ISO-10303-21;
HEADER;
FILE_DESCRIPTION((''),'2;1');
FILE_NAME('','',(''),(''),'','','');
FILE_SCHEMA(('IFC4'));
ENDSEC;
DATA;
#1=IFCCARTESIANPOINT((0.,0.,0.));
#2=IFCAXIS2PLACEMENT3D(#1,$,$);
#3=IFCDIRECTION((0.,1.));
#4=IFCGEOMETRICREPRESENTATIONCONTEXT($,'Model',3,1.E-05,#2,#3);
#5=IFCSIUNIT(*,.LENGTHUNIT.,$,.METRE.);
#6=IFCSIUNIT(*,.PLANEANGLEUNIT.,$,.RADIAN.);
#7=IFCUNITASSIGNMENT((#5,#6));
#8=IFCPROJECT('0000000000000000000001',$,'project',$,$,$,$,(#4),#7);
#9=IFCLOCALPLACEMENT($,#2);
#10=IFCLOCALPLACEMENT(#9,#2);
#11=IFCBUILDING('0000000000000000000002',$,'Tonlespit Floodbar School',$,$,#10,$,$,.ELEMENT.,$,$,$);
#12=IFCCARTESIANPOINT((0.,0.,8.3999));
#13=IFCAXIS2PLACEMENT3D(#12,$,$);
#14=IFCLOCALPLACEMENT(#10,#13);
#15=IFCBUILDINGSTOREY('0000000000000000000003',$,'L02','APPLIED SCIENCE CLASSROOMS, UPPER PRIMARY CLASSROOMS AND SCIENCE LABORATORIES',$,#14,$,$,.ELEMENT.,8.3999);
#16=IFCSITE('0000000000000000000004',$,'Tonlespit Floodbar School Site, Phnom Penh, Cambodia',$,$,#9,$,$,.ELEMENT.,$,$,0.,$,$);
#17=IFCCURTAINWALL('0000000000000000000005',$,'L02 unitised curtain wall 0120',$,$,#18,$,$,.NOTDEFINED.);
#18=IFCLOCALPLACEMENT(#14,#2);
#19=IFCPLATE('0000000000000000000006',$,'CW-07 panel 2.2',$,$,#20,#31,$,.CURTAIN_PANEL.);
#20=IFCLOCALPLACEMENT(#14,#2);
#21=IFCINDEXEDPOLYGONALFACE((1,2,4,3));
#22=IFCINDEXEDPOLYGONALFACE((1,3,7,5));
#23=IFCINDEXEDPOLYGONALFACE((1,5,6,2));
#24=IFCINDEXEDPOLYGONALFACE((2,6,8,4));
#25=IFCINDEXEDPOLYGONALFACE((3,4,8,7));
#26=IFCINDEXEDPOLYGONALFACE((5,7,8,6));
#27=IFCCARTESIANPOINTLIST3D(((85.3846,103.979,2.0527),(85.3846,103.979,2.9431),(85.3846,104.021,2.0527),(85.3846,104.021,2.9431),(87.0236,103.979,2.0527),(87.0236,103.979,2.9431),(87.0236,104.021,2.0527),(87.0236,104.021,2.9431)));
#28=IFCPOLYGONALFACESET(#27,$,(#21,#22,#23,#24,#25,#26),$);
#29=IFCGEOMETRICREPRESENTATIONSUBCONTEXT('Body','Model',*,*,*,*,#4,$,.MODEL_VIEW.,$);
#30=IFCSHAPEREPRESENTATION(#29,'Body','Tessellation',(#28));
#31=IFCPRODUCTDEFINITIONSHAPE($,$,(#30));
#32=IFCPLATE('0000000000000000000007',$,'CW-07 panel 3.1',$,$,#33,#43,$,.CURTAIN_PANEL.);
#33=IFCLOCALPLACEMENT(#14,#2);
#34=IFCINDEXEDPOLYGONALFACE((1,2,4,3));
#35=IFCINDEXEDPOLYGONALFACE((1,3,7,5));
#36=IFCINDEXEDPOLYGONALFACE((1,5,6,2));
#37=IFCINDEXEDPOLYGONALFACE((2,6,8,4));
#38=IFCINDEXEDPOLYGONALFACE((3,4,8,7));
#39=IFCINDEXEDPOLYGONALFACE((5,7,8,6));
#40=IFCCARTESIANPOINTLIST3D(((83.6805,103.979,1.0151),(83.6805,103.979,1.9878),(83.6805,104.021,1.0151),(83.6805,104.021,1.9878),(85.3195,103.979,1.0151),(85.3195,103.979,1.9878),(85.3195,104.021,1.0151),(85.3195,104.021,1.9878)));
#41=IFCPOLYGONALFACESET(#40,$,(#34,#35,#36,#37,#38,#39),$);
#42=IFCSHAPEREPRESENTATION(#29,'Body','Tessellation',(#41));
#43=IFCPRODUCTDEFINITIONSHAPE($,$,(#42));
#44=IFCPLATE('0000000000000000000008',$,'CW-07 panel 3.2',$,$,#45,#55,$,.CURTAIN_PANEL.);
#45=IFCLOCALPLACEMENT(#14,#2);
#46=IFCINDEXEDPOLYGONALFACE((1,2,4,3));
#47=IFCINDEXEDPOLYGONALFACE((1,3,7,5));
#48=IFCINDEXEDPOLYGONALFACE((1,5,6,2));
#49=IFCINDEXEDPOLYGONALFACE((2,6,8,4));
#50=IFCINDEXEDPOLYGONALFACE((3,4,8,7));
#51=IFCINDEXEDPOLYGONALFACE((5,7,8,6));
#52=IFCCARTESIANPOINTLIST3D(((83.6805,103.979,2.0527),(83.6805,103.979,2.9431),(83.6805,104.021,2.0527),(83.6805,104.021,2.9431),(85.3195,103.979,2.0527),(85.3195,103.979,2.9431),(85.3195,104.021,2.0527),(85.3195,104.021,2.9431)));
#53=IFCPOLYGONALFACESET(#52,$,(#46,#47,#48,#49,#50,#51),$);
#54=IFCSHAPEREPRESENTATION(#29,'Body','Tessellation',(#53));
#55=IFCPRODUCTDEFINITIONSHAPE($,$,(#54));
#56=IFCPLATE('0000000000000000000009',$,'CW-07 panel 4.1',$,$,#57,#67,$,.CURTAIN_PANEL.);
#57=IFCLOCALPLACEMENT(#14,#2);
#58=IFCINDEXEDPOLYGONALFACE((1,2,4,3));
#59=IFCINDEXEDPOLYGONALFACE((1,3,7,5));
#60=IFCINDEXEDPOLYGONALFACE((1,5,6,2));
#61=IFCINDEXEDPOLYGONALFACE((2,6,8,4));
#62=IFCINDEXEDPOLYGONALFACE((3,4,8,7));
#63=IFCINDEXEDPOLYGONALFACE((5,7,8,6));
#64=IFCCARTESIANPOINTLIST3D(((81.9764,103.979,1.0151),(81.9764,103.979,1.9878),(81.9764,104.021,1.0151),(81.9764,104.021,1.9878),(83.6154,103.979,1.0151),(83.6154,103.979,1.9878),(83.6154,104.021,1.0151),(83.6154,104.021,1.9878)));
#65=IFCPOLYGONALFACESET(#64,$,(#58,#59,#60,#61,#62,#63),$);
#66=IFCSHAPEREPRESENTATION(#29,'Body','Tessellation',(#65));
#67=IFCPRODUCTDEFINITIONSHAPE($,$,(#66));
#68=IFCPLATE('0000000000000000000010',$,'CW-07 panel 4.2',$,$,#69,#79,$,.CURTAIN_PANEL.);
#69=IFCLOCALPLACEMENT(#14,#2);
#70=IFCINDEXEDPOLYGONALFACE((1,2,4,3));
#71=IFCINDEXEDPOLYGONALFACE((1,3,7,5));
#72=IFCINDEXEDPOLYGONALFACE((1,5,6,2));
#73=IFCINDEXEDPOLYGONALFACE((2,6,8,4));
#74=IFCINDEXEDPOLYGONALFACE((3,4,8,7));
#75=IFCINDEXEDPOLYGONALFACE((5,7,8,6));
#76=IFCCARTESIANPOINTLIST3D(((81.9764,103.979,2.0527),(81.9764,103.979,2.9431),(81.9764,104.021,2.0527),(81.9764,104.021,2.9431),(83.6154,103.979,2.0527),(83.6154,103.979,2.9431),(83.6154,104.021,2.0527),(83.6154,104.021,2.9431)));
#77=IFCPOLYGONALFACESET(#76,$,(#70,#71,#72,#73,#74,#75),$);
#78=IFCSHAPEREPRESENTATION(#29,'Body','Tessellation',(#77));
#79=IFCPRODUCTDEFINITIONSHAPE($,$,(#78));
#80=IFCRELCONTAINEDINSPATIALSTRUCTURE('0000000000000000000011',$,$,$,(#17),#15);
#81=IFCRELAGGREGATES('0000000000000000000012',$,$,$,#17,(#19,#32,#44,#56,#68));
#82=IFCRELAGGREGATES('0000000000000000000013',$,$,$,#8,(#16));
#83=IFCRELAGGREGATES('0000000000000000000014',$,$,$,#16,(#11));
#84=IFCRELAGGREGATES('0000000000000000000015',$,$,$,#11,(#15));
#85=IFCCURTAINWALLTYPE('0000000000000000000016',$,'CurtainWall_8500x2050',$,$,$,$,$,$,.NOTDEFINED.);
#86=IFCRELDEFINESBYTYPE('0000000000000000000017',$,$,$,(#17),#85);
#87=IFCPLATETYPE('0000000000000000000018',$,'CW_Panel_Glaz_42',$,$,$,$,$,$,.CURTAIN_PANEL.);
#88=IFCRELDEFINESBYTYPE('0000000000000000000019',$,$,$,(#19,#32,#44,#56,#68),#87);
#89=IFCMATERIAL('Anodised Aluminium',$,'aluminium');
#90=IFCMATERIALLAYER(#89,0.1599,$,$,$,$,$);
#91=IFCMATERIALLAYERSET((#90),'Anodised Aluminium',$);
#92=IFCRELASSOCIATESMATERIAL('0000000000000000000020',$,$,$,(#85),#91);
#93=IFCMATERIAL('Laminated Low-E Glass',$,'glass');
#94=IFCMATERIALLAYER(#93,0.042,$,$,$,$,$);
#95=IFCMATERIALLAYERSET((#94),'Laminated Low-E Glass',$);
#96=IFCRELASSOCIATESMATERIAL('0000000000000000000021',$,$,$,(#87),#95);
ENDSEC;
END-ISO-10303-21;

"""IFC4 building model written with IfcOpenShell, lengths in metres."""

from ifc_helpers import new_model, si_unit, direction, frame, origin, origin_2d, place, context, subcontext, project, spatial, rectangle, extrude, material, layer, layer_set, type_object, element, aggregate, save


model = new_model("IFC4")

# Units and contexts
model_context = context("Model", 3, precision=1e-05, world=origin(), true_north=direction((0.0, 1.0)))
body_context = subcontext(model_context, "Body", "Model", "MODEL_VIEW")
ifc_project = project(units=[si_unit("LENGTHUNIT", "METRE"), si_unit("PLANEANGLEUNIT", "RADIAN")], contexts=[model_context])

# Site, building, storey
site_placement = place(None, origin())
site = spatial("IfcSite", under=ifc_project, at=site_placement, Name="Tonlespit Floodbar School Site, Phnom Penh, Cambodia", CompositionType="ELEMENT", RefElevation=0.0)
building_placement = place(site_placement, origin())
building = spatial("IfcBuilding", under=site, at=building_placement, Name="Tonlespit Floodbar School", CompositionType="ELEMENT")
storey_placement = place(building_placement, frame((0.0, 0.0, 8.3999)))
storey = spatial("IfcBuildingStorey", under=building, at=storey_placement, Name="L02", Description="APPLIED SCIENCE CLASSROOMS, UPPER PRIMARY CLASSROOMS AND SCIENCE LABORATORIES", CompositionType="ELEMENT", Elevation=8.3999)

# Curtain wall, plates
ifc_material_1 = material(Name="Anodised Aluminium", Category="aluminium")
ifc_layer_1 = layer(ifc_material_1, 0.1599)
ifc_layer_set_1 = layer_set([ifc_layer_1], Name="Anodised Aluminium")
curtain_wall_type = type_object("IfcCurtainWallType", Name="CurtainWall_8500x2050", PredefinedType="NOTDEFINED", material=ifc_layer_set_1)
curtain_wall_placement = place(storey_placement, origin())
curtain_wall = element("IfcCurtainWall", 1, at=curtain_wall_placement, inside=storey, type_object=curtain_wall_type, Name="L02 unitised curtain wall 0120", PredefinedType="NOTDEFINED")
ifc_material_2 = material(Name="Laminated Low-E Glass", Category="glass")
ifc_layer_2 = layer(ifc_material_2, 0.042)
ifc_layer_set_2 = layer_set([ifc_layer_2], Name="Laminated Low-E Glass")
plate_type = type_object("IfcPlateType", Name="CW_Panel_Glaz_42", PredefinedType="CURTAIN_PANEL", material=ifc_layer_set_2)
plate_1_placement = place(storey_placement, frame((86.2041, 104.0, 2.0527), z_axis=(0.0, 0.0, 1.0), x_axis=(-1.0, 0.0, 0.0)))
plate_1 = element("IfcPlate", 2, at=plate_1_placement, type_object=plate_type, Name="CW-07 panel 2.2", PredefinedType="CURTAIN_PANEL", context=body_context, shape_type="SweptSolid", body=[
    extrude(rectangle(XDim=1.6389, YDim=0.042, at=origin_2d()), origin(), (0.0, 0.0, 1.0), 0.8904),
])
plate_2_placement = place(storey_placement, frame((84.5, 104.0, 1.0151), z_axis=(0.0, 0.0, 1.0), x_axis=(-1.0, 0.0, 0.0)))
plate_2 = element("IfcPlate", 3, at=plate_2_placement, type_object=plate_type, Name="CW-07 panel 3.1", PredefinedType="CURTAIN_PANEL", context=body_context, shape_type="SweptSolid", body=[
    extrude(rectangle(XDim=1.6389, YDim=0.042, at=origin_2d()), origin(), (0.0, 0.0, 1.0), 0.9727),
])
plate_3_placement = place(storey_placement, frame((84.5, 104.0, 2.0527), z_axis=(0.0, 0.0, 1.0), x_axis=(-1.0, 0.0, 0.0)))
plate_3 = element("IfcPlate", 4, at=plate_3_placement, type_object=plate_type, Name="CW-07 panel 3.2", PredefinedType="CURTAIN_PANEL", context=body_context, shape_type="SweptSolid", body=[
    extrude(rectangle(XDim=1.6389, YDim=0.042, at=origin_2d()), origin(), (0.0, 0.0, 1.0), 0.8904),
])
plate_4_placement = place(storey_placement, frame((82.7959, 104.0, 1.0151), z_axis=(0.0, 0.0, 1.0), x_axis=(-1.0, 0.0, 0.0)))
plate_4 = element("IfcPlate", 5, at=plate_4_placement, type_object=plate_type, Name="CW-07 panel 4.1", PredefinedType="CURTAIN_PANEL", context=body_context, shape_type="SweptSolid", body=[
    extrude(rectangle(XDim=1.6389, YDim=0.042, at=origin_2d()), origin(), (0.0, 0.0, 1.0), 0.9727),
])
plate_5_placement = place(storey_placement, frame((82.7959, 104.0, 2.0527), z_axis=(0.0, 0.0, 1.0), x_axis=(-1.0, 0.0, 0.0)))
plate_5 = element("IfcPlate", 6, at=plate_5_placement, type_object=plate_type, Name="CW-07 panel 4.2", PredefinedType="CURTAIN_PANEL", context=body_context, shape_type="SweptSolid", body=[
    extrude(rectangle(XDim=1.6389, YDim=0.042, at=origin_2d()), origin(), (0.0, 0.0, 1.0), 0.8904),
])
aggregate(curtain_wall, [plate_1, plate_2, plate_3, plate_4, plate_5])

save(model, "model.ifc")
